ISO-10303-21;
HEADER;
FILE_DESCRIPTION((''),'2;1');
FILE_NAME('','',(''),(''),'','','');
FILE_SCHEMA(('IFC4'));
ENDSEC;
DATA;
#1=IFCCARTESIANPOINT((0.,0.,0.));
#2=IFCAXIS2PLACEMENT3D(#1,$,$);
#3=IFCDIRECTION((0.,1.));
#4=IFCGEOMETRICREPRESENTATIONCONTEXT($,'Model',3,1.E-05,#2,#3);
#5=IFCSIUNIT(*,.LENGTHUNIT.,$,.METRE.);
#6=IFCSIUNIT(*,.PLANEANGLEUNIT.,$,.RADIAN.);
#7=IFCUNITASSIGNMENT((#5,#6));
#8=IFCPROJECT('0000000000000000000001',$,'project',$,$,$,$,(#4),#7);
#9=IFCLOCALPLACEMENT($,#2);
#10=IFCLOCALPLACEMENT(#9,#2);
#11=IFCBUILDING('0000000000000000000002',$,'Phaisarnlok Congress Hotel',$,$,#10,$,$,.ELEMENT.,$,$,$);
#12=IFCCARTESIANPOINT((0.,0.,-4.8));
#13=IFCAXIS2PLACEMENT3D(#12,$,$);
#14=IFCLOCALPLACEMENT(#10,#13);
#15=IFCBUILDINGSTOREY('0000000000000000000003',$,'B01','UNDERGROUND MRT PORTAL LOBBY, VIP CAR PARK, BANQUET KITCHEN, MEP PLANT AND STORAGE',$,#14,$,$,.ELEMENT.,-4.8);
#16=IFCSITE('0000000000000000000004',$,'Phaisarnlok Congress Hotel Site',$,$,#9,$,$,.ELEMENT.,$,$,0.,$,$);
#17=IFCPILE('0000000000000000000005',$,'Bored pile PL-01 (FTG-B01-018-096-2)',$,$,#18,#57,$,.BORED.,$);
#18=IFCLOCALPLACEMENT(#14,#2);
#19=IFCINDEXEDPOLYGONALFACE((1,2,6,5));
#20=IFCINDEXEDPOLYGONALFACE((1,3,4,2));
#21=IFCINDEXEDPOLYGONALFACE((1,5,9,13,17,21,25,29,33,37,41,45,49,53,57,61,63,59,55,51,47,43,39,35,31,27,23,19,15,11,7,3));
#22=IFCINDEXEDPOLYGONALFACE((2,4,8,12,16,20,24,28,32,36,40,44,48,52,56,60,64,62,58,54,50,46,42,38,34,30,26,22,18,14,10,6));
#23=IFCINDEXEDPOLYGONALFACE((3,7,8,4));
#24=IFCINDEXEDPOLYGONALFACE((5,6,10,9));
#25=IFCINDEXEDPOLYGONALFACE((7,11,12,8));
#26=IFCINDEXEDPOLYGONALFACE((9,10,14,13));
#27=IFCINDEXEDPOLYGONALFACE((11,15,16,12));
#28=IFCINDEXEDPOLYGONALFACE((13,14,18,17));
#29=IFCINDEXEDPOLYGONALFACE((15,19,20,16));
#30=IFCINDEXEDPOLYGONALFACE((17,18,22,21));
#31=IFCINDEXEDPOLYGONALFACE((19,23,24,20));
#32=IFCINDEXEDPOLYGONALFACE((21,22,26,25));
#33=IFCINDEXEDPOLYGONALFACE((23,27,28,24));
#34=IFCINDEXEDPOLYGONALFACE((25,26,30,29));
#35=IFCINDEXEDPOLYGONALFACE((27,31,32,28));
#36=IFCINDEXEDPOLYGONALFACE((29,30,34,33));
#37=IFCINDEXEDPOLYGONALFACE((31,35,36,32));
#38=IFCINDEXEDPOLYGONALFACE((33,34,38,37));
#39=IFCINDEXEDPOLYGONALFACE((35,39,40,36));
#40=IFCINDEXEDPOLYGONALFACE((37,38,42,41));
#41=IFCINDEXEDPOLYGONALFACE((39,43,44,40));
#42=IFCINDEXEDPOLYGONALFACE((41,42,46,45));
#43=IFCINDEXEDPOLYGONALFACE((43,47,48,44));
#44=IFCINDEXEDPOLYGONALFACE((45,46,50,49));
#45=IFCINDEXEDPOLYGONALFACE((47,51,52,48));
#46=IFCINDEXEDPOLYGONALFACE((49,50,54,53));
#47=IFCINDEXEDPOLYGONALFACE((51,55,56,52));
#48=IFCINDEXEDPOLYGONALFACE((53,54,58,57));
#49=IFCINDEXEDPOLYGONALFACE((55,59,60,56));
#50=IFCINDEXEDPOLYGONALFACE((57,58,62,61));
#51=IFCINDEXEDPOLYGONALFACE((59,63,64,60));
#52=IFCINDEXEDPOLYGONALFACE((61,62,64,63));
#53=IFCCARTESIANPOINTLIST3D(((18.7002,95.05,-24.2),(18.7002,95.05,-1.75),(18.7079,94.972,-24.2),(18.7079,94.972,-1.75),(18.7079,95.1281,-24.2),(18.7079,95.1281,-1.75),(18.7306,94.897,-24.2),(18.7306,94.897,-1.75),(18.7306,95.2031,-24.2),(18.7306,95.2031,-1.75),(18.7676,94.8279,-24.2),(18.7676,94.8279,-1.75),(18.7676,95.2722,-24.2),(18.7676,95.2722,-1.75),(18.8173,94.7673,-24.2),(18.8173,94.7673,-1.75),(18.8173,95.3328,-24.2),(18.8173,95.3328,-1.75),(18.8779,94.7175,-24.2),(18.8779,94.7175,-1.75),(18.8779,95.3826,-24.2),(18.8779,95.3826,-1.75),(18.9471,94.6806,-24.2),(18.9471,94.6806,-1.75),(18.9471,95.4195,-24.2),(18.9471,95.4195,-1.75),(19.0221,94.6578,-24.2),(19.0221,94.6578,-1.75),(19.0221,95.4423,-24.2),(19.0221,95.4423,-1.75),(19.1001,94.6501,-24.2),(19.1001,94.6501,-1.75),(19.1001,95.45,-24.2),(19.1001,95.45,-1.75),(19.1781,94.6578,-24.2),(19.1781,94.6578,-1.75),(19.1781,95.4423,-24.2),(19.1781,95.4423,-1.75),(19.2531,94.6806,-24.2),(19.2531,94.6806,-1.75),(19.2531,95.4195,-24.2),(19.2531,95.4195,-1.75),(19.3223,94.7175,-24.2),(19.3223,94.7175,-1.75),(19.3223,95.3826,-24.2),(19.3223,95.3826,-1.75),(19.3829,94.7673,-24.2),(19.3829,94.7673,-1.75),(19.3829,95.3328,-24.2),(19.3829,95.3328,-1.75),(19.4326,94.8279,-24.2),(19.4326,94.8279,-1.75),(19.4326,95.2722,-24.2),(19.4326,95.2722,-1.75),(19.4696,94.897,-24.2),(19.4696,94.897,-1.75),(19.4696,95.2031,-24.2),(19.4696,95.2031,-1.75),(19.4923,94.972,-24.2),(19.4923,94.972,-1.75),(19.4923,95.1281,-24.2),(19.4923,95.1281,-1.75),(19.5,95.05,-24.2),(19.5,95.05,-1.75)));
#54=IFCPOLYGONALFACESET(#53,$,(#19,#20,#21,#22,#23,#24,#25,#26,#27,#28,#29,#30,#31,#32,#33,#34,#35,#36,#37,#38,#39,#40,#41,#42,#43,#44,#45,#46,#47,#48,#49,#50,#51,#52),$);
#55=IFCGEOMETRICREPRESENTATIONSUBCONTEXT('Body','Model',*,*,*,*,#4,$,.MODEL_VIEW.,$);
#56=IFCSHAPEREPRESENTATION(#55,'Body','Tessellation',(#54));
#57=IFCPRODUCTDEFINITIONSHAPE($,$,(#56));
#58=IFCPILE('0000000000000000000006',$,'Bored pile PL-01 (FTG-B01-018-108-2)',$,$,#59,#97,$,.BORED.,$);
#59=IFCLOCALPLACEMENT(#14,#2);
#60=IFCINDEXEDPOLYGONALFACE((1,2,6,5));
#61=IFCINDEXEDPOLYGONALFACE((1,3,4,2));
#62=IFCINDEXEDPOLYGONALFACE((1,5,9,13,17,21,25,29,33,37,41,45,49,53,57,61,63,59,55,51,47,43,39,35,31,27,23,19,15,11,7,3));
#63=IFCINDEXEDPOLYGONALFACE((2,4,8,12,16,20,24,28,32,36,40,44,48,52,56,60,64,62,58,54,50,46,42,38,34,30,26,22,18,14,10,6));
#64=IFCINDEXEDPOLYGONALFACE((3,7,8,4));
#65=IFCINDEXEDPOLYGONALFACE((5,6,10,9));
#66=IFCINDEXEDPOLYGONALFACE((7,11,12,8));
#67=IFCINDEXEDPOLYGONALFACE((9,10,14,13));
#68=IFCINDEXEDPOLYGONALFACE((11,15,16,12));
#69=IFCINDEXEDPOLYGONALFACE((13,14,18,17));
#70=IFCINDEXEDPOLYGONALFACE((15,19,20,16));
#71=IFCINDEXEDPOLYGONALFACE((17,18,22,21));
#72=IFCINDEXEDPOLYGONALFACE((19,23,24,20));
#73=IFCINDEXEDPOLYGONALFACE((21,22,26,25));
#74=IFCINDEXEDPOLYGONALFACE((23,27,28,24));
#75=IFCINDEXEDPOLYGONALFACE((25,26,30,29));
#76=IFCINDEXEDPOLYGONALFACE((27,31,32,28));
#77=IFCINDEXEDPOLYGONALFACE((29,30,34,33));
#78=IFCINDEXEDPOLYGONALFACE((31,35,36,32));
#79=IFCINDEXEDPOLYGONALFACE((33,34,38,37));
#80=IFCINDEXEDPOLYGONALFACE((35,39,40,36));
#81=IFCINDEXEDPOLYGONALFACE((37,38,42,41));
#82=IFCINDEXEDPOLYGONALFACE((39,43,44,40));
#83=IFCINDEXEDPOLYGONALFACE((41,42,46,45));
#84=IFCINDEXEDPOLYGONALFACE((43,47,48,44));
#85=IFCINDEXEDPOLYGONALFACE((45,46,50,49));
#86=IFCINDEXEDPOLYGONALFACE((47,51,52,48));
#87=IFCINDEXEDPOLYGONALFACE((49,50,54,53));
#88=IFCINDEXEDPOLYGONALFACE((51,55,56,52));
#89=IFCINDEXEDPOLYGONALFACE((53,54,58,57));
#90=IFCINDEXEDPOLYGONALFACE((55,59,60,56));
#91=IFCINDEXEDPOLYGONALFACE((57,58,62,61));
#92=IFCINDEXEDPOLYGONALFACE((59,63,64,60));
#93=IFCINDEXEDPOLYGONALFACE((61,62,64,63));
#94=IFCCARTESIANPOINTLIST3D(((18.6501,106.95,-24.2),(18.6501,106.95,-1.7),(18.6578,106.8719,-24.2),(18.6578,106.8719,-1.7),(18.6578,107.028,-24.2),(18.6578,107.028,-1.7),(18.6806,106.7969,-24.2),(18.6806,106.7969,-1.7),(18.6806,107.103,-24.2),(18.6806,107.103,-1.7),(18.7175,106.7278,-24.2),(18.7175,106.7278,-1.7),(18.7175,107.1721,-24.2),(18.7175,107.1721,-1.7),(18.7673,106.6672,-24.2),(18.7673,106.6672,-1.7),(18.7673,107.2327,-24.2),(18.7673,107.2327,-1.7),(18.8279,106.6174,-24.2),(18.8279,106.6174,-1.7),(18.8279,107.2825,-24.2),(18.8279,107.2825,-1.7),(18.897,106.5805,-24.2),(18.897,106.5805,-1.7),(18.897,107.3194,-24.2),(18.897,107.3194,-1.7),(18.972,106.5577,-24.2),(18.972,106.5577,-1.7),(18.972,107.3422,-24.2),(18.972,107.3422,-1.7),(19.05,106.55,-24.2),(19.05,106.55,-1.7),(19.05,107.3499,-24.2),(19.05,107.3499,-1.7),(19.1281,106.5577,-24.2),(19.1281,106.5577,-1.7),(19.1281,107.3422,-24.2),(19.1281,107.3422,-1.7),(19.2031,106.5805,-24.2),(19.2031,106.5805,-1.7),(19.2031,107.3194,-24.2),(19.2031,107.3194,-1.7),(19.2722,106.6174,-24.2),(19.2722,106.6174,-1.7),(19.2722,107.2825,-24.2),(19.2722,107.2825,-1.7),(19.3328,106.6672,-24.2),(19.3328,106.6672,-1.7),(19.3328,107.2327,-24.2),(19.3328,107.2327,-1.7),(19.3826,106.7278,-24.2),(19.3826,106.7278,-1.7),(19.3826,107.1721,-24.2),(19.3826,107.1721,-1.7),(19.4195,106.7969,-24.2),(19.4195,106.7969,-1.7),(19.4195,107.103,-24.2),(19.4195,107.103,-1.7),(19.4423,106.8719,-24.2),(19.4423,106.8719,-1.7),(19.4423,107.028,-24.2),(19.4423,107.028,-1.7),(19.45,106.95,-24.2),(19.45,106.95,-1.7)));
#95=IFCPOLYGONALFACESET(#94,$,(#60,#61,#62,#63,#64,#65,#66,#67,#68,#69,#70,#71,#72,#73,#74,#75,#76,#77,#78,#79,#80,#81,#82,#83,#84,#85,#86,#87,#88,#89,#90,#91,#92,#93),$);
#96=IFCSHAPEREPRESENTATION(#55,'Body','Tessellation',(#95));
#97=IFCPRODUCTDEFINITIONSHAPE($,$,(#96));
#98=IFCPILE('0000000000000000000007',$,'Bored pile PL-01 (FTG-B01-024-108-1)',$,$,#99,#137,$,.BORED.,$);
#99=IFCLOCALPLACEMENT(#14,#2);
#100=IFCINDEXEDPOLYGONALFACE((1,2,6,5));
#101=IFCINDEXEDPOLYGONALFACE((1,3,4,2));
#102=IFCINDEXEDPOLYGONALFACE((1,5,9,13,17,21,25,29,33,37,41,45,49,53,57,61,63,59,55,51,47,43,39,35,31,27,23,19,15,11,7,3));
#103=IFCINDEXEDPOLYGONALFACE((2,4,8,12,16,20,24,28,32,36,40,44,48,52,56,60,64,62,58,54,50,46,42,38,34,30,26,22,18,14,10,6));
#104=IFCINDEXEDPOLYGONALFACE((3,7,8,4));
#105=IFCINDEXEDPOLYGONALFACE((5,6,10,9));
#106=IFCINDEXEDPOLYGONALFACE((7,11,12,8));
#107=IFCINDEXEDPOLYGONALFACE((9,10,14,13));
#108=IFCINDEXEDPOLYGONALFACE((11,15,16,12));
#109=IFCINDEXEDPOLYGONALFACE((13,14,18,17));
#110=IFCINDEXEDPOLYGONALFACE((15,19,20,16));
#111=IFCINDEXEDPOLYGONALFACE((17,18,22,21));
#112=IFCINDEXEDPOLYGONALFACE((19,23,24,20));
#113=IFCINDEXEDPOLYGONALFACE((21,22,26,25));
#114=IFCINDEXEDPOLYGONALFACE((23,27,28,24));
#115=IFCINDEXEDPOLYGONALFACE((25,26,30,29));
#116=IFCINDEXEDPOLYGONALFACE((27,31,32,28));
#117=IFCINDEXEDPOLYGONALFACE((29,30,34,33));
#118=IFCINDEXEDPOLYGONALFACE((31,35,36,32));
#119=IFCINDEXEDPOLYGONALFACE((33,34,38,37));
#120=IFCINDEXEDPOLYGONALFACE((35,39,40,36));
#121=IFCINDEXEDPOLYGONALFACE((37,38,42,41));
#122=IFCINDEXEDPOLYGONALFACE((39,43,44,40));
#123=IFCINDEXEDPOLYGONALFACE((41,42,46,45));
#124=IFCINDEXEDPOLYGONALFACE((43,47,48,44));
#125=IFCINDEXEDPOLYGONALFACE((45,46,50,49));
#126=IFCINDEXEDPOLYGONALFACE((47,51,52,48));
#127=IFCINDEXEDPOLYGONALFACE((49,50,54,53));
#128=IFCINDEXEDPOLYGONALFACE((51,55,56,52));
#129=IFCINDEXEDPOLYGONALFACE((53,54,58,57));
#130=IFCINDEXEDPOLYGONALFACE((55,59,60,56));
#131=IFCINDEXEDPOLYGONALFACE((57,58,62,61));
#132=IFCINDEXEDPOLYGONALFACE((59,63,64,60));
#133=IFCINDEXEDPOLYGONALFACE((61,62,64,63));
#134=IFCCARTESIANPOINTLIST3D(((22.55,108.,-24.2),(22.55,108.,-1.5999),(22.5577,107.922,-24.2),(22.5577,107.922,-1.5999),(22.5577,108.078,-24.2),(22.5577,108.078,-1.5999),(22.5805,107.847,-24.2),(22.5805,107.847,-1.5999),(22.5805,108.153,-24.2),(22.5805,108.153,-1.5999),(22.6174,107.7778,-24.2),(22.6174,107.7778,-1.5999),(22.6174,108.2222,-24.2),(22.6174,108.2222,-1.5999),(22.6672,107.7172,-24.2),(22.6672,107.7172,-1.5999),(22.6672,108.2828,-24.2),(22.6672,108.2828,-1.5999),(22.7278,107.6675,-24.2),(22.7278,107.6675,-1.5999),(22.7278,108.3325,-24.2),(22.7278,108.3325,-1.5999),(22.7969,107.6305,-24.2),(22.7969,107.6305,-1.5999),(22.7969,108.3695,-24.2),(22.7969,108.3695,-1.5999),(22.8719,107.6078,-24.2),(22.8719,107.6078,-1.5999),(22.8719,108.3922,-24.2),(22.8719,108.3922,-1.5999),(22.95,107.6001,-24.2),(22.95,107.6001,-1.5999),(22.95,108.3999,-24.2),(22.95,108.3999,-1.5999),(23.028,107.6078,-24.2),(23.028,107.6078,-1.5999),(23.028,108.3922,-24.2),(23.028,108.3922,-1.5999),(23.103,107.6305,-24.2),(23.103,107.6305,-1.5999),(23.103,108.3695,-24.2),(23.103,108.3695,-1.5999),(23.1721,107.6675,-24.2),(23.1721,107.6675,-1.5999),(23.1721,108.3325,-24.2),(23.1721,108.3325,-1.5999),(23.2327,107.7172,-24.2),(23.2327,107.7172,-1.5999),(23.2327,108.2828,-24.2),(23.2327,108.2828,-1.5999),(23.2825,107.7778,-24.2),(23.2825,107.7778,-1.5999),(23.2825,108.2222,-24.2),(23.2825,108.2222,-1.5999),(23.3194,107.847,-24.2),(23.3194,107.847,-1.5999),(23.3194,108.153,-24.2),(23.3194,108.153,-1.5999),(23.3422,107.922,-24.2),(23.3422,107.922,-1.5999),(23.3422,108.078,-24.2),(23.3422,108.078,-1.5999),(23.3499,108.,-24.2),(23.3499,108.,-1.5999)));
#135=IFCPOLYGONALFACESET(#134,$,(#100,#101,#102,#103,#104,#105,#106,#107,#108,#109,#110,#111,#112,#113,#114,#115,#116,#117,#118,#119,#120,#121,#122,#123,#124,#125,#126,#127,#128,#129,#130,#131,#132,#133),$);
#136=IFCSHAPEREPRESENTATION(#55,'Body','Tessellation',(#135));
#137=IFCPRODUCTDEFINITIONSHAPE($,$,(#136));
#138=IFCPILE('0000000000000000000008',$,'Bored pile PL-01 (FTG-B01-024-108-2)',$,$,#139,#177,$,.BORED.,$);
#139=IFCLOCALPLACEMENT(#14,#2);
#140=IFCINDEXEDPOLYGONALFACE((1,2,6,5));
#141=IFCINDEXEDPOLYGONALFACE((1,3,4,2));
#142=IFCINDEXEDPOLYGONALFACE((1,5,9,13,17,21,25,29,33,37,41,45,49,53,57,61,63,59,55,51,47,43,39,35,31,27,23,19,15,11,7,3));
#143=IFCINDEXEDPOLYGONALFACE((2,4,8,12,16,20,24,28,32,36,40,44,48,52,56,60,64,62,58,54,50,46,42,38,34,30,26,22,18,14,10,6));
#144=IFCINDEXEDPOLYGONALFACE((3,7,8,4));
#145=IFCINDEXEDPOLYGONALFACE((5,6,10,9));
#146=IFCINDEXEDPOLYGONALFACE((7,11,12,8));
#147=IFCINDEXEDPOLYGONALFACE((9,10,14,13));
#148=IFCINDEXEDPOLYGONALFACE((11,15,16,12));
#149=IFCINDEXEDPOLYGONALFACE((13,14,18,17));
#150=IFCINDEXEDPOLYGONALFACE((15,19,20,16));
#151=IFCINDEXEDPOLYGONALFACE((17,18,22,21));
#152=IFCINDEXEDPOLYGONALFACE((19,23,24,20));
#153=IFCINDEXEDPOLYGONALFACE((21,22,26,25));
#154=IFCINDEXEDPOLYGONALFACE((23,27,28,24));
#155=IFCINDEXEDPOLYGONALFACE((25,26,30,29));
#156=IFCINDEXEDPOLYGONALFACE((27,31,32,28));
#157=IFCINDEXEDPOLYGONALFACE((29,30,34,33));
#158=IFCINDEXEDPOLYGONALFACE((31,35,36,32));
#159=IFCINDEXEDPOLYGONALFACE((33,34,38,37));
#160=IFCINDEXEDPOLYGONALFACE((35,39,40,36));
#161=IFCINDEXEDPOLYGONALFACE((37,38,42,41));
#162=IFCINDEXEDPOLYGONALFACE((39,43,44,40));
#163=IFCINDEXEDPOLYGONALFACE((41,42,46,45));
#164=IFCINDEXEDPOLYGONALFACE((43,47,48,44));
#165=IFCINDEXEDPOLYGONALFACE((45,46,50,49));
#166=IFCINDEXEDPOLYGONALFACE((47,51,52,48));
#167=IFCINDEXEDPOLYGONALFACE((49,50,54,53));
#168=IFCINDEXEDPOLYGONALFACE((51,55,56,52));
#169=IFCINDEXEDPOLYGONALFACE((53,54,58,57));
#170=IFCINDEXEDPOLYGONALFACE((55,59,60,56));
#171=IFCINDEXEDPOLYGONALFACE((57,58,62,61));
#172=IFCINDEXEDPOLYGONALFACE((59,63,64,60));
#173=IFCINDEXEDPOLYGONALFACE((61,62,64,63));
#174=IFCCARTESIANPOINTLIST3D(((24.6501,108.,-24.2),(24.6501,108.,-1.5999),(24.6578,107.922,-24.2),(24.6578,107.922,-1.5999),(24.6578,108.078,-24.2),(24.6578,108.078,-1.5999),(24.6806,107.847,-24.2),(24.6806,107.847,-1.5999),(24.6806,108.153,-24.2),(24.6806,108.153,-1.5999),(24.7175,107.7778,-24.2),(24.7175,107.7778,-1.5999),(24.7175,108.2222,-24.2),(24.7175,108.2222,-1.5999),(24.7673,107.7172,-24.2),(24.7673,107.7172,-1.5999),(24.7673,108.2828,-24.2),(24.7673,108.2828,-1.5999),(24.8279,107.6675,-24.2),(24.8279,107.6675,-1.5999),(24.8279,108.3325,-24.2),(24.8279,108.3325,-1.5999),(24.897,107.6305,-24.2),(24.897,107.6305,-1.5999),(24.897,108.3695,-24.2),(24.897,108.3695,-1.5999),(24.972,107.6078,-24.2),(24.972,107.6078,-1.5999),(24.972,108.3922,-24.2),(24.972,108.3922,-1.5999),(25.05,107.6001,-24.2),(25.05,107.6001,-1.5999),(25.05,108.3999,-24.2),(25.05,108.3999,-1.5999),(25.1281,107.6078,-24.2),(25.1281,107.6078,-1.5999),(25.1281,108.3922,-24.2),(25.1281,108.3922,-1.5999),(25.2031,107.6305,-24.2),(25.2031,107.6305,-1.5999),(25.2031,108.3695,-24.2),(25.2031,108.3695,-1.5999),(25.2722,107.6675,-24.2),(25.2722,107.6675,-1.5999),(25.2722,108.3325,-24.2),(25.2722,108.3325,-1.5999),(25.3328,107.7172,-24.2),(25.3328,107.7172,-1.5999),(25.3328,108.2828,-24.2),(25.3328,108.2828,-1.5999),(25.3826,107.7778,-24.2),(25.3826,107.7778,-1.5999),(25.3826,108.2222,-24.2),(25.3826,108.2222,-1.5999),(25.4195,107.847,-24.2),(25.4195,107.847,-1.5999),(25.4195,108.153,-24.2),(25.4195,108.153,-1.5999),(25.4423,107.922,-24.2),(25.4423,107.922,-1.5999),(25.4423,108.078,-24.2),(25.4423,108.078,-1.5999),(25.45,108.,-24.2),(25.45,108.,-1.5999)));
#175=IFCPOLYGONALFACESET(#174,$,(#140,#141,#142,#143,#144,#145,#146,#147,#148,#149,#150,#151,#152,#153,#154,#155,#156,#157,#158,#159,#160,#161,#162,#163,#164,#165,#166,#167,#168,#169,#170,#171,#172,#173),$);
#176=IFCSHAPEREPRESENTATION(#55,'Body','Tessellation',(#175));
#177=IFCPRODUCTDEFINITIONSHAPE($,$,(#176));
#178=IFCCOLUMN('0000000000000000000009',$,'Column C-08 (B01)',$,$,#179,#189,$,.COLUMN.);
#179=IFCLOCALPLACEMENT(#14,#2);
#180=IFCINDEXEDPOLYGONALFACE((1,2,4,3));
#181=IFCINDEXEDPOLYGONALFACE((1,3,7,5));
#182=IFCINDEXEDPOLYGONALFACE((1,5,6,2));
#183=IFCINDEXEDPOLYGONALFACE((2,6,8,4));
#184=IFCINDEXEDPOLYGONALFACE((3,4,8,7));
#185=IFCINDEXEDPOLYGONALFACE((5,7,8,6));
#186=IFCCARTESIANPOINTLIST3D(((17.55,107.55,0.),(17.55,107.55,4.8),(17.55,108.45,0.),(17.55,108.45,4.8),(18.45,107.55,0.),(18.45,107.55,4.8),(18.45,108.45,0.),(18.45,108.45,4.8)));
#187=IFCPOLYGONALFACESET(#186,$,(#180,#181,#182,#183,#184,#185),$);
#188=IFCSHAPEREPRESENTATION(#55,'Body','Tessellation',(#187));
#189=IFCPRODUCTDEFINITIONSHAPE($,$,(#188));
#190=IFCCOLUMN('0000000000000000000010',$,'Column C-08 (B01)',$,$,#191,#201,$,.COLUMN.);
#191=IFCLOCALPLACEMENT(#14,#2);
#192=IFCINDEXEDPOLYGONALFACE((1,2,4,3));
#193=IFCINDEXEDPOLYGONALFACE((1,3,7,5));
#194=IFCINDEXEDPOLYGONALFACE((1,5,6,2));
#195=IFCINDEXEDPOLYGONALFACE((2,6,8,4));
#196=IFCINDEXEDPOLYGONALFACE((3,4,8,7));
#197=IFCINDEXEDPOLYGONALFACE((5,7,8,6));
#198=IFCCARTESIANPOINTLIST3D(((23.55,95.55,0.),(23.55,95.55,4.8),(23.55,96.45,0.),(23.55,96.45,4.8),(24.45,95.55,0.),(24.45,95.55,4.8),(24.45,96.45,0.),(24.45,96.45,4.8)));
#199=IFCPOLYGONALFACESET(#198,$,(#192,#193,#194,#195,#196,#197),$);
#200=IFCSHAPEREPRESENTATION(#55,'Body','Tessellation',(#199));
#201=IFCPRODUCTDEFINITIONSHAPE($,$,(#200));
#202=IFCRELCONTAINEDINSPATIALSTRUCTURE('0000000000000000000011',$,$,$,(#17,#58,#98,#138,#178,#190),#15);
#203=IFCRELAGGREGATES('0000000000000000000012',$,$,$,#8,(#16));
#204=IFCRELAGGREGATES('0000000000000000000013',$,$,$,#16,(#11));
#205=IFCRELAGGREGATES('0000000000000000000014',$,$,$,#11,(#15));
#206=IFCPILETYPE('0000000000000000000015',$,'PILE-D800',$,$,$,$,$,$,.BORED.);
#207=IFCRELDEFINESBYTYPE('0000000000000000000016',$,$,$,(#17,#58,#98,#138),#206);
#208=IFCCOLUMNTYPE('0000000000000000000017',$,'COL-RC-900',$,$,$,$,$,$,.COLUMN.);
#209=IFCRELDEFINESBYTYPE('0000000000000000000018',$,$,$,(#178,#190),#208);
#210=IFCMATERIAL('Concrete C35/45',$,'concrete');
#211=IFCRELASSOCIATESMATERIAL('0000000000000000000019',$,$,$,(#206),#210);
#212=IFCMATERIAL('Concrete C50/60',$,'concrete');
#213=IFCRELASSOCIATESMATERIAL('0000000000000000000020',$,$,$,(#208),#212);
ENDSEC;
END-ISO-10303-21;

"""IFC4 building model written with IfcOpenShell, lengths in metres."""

from ifc_helpers import new_model, si_unit, direction, frame, origin, origin_2d, place, context, subcontext, project, spatial, rectangle, circle, extrude, material, material_profile, profile_set, type_object, element, save


model = new_model("IFC4")

# Units and contexts
model_context = context("Model", 3, precision=1e-05, world=origin(), true_north=direction((0.0, 1.0)))
body_context = subcontext(model_context, "Body", "Model", "MODEL_VIEW")
ifc_project = project(units=[si_unit("LENGTHUNIT", "METRE"), si_unit("PLANEANGLEUNIT", "RADIAN")], contexts=[model_context])

# Site, building, storey
site_placement = place(None, origin())
site = spatial("IfcSite", under=ifc_project, at=site_placement, Name="Phaisarnlok Congress Hotel Site", CompositionType="ELEMENT", RefElevation=0.0)
building_placement = place(site_placement, origin())
building = spatial("IfcBuilding", under=site, at=building_placement, Name="Phaisarnlok Congress Hotel", CompositionType="ELEMENT")
storey_placement = place(building_placement, frame((0.0, 0.0, -4.8)))
storey = spatial("IfcBuildingStorey", under=building, at=storey_placement, Name="B01", Description="UNDERGROUND MRT PORTAL LOBBY, VIP CAR PARK, BANQUET KITCHEN, MEP PLANT AND STORAGE", CompositionType="ELEMENT", Elevation=-4.8)

# Piles
ifc_material_1 = material(Name="Concrete C35/45", Category="concrete")
ifc_material_profile_1 = material_profile(ifc_material_1, circle(Radius=0.3999, at=origin_2d()), Name="BORED PILE D800")
ifc_profile_set_1 = profile_set([ifc_material_profile_1], Name="Concrete C35/45")
pile_type_1 = type_object("IfcPileType", Name="PILE-D800", PredefinedType="BORED", material=ifc_profile_set_1)
pile_1_placement = place(storey_placement, frame((19.1001, 95.05, -1.75), z_axis=(0.0, 0.0, -1.0), x_axis=(1.0, 0.0, 0.0)))
element("IfcPile", 1, at=pile_1_placement, inside=storey, type_object=pile_type_1, Name="Bored pile PL-01 (FTG-B01-018-096-2)", PredefinedType="BORED", context=body_context, shape_type="SweptSolid", body=[
    extrude(circle(Radius=0.3999, at=origin_2d()), origin(), (0.0, 0.0, 1.0), 22.45),
])
pile_2_placement = place(storey_placement, frame((19.05, 106.95, -1.7), z_axis=(0.0, 0.0, -1.0), x_axis=(1.0, 0.0, 0.0)))
element("IfcPile", 2, at=pile_2_placement, inside=storey, type_object=pile_type_1, Name="Bored pile PL-01 (FTG-B01-018-108-2)", PredefinedType="BORED", context=body_context, shape_type="SweptSolid", body=[
    extrude(circle(Radius=0.3999, at=origin_2d()), origin(), (0.0, 0.0, 1.0), 22.5),
])
for number, where, z_axis, x_axis, name in (
    (3, (22.95, 108.0, -1.5999), (0.0, 0.0, -1.0), (1.0, 0.0, 0.0), "Bored pile PL-01 (FTG-B01-024-108-1)"),
    (4, (25.05, 108.0, -1.5999), (0.0, 0.0, -1.0), (1.0, 0.0, 0.0), "Bored pile PL-01 (FTG-B01-024-108-2)"),
):
    element("IfcPile", number, at=place(storey_placement, frame(where, z_axis=z_axis, x_axis=x_axis)), inside=storey, type_object=pile_type_1, Name=name, PredefinedType="BORED", context=body_context, shape_type="SweptSolid", body=[
        extrude(circle(Radius=0.3999, at=origin_2d()), origin(), (0.0, 0.0, 1.0), 22.6001),
    ])

# Columns
ifc_material_2 = material(Name="Concrete C50/60", Category="concrete")
ifc_material_profile_2 = material_profile(ifc_material_2, rectangle(XDim=0.8999, YDim=0.8999, at=origin_2d()), Name="RC 900x900")
ifc_profile_set_2 = profile_set([ifc_material_profile_2], Name="Concrete C50/60")
column_type = type_object("IfcColumnType", Name="COL-RC-900", PredefinedType="COLUMN", material=ifc_profile_set_2)
for number, where, z_axis, x_axis, name in (
    (5, (18.0, 108.0, 0.0), (0.0, 0.0, 1.0), (1.0, 0.0, 0.0), "Column C-08 (B01)"),
    (6, (24.0, 96.0, 0.0), (0.0, 0.0, 1.0), (1.0, 0.0, 0.0), "Column C-08 (B01)"),
):
    element("IfcColumn", number, at=place(storey_placement, frame(where, z_axis=z_axis, x_axis=x_axis)), inside=storey, type_object=column_type, Name=name, PredefinedType="COLUMN", context=body_context, shape_type="SweptSolid", body=[
        extrude(rectangle(XDim=0.8999, YDim=0.8999, at=origin_2d()), origin(), (0.0, 0.0, 1.0), 4.8),
    ])

save(model, "model.ifc")
